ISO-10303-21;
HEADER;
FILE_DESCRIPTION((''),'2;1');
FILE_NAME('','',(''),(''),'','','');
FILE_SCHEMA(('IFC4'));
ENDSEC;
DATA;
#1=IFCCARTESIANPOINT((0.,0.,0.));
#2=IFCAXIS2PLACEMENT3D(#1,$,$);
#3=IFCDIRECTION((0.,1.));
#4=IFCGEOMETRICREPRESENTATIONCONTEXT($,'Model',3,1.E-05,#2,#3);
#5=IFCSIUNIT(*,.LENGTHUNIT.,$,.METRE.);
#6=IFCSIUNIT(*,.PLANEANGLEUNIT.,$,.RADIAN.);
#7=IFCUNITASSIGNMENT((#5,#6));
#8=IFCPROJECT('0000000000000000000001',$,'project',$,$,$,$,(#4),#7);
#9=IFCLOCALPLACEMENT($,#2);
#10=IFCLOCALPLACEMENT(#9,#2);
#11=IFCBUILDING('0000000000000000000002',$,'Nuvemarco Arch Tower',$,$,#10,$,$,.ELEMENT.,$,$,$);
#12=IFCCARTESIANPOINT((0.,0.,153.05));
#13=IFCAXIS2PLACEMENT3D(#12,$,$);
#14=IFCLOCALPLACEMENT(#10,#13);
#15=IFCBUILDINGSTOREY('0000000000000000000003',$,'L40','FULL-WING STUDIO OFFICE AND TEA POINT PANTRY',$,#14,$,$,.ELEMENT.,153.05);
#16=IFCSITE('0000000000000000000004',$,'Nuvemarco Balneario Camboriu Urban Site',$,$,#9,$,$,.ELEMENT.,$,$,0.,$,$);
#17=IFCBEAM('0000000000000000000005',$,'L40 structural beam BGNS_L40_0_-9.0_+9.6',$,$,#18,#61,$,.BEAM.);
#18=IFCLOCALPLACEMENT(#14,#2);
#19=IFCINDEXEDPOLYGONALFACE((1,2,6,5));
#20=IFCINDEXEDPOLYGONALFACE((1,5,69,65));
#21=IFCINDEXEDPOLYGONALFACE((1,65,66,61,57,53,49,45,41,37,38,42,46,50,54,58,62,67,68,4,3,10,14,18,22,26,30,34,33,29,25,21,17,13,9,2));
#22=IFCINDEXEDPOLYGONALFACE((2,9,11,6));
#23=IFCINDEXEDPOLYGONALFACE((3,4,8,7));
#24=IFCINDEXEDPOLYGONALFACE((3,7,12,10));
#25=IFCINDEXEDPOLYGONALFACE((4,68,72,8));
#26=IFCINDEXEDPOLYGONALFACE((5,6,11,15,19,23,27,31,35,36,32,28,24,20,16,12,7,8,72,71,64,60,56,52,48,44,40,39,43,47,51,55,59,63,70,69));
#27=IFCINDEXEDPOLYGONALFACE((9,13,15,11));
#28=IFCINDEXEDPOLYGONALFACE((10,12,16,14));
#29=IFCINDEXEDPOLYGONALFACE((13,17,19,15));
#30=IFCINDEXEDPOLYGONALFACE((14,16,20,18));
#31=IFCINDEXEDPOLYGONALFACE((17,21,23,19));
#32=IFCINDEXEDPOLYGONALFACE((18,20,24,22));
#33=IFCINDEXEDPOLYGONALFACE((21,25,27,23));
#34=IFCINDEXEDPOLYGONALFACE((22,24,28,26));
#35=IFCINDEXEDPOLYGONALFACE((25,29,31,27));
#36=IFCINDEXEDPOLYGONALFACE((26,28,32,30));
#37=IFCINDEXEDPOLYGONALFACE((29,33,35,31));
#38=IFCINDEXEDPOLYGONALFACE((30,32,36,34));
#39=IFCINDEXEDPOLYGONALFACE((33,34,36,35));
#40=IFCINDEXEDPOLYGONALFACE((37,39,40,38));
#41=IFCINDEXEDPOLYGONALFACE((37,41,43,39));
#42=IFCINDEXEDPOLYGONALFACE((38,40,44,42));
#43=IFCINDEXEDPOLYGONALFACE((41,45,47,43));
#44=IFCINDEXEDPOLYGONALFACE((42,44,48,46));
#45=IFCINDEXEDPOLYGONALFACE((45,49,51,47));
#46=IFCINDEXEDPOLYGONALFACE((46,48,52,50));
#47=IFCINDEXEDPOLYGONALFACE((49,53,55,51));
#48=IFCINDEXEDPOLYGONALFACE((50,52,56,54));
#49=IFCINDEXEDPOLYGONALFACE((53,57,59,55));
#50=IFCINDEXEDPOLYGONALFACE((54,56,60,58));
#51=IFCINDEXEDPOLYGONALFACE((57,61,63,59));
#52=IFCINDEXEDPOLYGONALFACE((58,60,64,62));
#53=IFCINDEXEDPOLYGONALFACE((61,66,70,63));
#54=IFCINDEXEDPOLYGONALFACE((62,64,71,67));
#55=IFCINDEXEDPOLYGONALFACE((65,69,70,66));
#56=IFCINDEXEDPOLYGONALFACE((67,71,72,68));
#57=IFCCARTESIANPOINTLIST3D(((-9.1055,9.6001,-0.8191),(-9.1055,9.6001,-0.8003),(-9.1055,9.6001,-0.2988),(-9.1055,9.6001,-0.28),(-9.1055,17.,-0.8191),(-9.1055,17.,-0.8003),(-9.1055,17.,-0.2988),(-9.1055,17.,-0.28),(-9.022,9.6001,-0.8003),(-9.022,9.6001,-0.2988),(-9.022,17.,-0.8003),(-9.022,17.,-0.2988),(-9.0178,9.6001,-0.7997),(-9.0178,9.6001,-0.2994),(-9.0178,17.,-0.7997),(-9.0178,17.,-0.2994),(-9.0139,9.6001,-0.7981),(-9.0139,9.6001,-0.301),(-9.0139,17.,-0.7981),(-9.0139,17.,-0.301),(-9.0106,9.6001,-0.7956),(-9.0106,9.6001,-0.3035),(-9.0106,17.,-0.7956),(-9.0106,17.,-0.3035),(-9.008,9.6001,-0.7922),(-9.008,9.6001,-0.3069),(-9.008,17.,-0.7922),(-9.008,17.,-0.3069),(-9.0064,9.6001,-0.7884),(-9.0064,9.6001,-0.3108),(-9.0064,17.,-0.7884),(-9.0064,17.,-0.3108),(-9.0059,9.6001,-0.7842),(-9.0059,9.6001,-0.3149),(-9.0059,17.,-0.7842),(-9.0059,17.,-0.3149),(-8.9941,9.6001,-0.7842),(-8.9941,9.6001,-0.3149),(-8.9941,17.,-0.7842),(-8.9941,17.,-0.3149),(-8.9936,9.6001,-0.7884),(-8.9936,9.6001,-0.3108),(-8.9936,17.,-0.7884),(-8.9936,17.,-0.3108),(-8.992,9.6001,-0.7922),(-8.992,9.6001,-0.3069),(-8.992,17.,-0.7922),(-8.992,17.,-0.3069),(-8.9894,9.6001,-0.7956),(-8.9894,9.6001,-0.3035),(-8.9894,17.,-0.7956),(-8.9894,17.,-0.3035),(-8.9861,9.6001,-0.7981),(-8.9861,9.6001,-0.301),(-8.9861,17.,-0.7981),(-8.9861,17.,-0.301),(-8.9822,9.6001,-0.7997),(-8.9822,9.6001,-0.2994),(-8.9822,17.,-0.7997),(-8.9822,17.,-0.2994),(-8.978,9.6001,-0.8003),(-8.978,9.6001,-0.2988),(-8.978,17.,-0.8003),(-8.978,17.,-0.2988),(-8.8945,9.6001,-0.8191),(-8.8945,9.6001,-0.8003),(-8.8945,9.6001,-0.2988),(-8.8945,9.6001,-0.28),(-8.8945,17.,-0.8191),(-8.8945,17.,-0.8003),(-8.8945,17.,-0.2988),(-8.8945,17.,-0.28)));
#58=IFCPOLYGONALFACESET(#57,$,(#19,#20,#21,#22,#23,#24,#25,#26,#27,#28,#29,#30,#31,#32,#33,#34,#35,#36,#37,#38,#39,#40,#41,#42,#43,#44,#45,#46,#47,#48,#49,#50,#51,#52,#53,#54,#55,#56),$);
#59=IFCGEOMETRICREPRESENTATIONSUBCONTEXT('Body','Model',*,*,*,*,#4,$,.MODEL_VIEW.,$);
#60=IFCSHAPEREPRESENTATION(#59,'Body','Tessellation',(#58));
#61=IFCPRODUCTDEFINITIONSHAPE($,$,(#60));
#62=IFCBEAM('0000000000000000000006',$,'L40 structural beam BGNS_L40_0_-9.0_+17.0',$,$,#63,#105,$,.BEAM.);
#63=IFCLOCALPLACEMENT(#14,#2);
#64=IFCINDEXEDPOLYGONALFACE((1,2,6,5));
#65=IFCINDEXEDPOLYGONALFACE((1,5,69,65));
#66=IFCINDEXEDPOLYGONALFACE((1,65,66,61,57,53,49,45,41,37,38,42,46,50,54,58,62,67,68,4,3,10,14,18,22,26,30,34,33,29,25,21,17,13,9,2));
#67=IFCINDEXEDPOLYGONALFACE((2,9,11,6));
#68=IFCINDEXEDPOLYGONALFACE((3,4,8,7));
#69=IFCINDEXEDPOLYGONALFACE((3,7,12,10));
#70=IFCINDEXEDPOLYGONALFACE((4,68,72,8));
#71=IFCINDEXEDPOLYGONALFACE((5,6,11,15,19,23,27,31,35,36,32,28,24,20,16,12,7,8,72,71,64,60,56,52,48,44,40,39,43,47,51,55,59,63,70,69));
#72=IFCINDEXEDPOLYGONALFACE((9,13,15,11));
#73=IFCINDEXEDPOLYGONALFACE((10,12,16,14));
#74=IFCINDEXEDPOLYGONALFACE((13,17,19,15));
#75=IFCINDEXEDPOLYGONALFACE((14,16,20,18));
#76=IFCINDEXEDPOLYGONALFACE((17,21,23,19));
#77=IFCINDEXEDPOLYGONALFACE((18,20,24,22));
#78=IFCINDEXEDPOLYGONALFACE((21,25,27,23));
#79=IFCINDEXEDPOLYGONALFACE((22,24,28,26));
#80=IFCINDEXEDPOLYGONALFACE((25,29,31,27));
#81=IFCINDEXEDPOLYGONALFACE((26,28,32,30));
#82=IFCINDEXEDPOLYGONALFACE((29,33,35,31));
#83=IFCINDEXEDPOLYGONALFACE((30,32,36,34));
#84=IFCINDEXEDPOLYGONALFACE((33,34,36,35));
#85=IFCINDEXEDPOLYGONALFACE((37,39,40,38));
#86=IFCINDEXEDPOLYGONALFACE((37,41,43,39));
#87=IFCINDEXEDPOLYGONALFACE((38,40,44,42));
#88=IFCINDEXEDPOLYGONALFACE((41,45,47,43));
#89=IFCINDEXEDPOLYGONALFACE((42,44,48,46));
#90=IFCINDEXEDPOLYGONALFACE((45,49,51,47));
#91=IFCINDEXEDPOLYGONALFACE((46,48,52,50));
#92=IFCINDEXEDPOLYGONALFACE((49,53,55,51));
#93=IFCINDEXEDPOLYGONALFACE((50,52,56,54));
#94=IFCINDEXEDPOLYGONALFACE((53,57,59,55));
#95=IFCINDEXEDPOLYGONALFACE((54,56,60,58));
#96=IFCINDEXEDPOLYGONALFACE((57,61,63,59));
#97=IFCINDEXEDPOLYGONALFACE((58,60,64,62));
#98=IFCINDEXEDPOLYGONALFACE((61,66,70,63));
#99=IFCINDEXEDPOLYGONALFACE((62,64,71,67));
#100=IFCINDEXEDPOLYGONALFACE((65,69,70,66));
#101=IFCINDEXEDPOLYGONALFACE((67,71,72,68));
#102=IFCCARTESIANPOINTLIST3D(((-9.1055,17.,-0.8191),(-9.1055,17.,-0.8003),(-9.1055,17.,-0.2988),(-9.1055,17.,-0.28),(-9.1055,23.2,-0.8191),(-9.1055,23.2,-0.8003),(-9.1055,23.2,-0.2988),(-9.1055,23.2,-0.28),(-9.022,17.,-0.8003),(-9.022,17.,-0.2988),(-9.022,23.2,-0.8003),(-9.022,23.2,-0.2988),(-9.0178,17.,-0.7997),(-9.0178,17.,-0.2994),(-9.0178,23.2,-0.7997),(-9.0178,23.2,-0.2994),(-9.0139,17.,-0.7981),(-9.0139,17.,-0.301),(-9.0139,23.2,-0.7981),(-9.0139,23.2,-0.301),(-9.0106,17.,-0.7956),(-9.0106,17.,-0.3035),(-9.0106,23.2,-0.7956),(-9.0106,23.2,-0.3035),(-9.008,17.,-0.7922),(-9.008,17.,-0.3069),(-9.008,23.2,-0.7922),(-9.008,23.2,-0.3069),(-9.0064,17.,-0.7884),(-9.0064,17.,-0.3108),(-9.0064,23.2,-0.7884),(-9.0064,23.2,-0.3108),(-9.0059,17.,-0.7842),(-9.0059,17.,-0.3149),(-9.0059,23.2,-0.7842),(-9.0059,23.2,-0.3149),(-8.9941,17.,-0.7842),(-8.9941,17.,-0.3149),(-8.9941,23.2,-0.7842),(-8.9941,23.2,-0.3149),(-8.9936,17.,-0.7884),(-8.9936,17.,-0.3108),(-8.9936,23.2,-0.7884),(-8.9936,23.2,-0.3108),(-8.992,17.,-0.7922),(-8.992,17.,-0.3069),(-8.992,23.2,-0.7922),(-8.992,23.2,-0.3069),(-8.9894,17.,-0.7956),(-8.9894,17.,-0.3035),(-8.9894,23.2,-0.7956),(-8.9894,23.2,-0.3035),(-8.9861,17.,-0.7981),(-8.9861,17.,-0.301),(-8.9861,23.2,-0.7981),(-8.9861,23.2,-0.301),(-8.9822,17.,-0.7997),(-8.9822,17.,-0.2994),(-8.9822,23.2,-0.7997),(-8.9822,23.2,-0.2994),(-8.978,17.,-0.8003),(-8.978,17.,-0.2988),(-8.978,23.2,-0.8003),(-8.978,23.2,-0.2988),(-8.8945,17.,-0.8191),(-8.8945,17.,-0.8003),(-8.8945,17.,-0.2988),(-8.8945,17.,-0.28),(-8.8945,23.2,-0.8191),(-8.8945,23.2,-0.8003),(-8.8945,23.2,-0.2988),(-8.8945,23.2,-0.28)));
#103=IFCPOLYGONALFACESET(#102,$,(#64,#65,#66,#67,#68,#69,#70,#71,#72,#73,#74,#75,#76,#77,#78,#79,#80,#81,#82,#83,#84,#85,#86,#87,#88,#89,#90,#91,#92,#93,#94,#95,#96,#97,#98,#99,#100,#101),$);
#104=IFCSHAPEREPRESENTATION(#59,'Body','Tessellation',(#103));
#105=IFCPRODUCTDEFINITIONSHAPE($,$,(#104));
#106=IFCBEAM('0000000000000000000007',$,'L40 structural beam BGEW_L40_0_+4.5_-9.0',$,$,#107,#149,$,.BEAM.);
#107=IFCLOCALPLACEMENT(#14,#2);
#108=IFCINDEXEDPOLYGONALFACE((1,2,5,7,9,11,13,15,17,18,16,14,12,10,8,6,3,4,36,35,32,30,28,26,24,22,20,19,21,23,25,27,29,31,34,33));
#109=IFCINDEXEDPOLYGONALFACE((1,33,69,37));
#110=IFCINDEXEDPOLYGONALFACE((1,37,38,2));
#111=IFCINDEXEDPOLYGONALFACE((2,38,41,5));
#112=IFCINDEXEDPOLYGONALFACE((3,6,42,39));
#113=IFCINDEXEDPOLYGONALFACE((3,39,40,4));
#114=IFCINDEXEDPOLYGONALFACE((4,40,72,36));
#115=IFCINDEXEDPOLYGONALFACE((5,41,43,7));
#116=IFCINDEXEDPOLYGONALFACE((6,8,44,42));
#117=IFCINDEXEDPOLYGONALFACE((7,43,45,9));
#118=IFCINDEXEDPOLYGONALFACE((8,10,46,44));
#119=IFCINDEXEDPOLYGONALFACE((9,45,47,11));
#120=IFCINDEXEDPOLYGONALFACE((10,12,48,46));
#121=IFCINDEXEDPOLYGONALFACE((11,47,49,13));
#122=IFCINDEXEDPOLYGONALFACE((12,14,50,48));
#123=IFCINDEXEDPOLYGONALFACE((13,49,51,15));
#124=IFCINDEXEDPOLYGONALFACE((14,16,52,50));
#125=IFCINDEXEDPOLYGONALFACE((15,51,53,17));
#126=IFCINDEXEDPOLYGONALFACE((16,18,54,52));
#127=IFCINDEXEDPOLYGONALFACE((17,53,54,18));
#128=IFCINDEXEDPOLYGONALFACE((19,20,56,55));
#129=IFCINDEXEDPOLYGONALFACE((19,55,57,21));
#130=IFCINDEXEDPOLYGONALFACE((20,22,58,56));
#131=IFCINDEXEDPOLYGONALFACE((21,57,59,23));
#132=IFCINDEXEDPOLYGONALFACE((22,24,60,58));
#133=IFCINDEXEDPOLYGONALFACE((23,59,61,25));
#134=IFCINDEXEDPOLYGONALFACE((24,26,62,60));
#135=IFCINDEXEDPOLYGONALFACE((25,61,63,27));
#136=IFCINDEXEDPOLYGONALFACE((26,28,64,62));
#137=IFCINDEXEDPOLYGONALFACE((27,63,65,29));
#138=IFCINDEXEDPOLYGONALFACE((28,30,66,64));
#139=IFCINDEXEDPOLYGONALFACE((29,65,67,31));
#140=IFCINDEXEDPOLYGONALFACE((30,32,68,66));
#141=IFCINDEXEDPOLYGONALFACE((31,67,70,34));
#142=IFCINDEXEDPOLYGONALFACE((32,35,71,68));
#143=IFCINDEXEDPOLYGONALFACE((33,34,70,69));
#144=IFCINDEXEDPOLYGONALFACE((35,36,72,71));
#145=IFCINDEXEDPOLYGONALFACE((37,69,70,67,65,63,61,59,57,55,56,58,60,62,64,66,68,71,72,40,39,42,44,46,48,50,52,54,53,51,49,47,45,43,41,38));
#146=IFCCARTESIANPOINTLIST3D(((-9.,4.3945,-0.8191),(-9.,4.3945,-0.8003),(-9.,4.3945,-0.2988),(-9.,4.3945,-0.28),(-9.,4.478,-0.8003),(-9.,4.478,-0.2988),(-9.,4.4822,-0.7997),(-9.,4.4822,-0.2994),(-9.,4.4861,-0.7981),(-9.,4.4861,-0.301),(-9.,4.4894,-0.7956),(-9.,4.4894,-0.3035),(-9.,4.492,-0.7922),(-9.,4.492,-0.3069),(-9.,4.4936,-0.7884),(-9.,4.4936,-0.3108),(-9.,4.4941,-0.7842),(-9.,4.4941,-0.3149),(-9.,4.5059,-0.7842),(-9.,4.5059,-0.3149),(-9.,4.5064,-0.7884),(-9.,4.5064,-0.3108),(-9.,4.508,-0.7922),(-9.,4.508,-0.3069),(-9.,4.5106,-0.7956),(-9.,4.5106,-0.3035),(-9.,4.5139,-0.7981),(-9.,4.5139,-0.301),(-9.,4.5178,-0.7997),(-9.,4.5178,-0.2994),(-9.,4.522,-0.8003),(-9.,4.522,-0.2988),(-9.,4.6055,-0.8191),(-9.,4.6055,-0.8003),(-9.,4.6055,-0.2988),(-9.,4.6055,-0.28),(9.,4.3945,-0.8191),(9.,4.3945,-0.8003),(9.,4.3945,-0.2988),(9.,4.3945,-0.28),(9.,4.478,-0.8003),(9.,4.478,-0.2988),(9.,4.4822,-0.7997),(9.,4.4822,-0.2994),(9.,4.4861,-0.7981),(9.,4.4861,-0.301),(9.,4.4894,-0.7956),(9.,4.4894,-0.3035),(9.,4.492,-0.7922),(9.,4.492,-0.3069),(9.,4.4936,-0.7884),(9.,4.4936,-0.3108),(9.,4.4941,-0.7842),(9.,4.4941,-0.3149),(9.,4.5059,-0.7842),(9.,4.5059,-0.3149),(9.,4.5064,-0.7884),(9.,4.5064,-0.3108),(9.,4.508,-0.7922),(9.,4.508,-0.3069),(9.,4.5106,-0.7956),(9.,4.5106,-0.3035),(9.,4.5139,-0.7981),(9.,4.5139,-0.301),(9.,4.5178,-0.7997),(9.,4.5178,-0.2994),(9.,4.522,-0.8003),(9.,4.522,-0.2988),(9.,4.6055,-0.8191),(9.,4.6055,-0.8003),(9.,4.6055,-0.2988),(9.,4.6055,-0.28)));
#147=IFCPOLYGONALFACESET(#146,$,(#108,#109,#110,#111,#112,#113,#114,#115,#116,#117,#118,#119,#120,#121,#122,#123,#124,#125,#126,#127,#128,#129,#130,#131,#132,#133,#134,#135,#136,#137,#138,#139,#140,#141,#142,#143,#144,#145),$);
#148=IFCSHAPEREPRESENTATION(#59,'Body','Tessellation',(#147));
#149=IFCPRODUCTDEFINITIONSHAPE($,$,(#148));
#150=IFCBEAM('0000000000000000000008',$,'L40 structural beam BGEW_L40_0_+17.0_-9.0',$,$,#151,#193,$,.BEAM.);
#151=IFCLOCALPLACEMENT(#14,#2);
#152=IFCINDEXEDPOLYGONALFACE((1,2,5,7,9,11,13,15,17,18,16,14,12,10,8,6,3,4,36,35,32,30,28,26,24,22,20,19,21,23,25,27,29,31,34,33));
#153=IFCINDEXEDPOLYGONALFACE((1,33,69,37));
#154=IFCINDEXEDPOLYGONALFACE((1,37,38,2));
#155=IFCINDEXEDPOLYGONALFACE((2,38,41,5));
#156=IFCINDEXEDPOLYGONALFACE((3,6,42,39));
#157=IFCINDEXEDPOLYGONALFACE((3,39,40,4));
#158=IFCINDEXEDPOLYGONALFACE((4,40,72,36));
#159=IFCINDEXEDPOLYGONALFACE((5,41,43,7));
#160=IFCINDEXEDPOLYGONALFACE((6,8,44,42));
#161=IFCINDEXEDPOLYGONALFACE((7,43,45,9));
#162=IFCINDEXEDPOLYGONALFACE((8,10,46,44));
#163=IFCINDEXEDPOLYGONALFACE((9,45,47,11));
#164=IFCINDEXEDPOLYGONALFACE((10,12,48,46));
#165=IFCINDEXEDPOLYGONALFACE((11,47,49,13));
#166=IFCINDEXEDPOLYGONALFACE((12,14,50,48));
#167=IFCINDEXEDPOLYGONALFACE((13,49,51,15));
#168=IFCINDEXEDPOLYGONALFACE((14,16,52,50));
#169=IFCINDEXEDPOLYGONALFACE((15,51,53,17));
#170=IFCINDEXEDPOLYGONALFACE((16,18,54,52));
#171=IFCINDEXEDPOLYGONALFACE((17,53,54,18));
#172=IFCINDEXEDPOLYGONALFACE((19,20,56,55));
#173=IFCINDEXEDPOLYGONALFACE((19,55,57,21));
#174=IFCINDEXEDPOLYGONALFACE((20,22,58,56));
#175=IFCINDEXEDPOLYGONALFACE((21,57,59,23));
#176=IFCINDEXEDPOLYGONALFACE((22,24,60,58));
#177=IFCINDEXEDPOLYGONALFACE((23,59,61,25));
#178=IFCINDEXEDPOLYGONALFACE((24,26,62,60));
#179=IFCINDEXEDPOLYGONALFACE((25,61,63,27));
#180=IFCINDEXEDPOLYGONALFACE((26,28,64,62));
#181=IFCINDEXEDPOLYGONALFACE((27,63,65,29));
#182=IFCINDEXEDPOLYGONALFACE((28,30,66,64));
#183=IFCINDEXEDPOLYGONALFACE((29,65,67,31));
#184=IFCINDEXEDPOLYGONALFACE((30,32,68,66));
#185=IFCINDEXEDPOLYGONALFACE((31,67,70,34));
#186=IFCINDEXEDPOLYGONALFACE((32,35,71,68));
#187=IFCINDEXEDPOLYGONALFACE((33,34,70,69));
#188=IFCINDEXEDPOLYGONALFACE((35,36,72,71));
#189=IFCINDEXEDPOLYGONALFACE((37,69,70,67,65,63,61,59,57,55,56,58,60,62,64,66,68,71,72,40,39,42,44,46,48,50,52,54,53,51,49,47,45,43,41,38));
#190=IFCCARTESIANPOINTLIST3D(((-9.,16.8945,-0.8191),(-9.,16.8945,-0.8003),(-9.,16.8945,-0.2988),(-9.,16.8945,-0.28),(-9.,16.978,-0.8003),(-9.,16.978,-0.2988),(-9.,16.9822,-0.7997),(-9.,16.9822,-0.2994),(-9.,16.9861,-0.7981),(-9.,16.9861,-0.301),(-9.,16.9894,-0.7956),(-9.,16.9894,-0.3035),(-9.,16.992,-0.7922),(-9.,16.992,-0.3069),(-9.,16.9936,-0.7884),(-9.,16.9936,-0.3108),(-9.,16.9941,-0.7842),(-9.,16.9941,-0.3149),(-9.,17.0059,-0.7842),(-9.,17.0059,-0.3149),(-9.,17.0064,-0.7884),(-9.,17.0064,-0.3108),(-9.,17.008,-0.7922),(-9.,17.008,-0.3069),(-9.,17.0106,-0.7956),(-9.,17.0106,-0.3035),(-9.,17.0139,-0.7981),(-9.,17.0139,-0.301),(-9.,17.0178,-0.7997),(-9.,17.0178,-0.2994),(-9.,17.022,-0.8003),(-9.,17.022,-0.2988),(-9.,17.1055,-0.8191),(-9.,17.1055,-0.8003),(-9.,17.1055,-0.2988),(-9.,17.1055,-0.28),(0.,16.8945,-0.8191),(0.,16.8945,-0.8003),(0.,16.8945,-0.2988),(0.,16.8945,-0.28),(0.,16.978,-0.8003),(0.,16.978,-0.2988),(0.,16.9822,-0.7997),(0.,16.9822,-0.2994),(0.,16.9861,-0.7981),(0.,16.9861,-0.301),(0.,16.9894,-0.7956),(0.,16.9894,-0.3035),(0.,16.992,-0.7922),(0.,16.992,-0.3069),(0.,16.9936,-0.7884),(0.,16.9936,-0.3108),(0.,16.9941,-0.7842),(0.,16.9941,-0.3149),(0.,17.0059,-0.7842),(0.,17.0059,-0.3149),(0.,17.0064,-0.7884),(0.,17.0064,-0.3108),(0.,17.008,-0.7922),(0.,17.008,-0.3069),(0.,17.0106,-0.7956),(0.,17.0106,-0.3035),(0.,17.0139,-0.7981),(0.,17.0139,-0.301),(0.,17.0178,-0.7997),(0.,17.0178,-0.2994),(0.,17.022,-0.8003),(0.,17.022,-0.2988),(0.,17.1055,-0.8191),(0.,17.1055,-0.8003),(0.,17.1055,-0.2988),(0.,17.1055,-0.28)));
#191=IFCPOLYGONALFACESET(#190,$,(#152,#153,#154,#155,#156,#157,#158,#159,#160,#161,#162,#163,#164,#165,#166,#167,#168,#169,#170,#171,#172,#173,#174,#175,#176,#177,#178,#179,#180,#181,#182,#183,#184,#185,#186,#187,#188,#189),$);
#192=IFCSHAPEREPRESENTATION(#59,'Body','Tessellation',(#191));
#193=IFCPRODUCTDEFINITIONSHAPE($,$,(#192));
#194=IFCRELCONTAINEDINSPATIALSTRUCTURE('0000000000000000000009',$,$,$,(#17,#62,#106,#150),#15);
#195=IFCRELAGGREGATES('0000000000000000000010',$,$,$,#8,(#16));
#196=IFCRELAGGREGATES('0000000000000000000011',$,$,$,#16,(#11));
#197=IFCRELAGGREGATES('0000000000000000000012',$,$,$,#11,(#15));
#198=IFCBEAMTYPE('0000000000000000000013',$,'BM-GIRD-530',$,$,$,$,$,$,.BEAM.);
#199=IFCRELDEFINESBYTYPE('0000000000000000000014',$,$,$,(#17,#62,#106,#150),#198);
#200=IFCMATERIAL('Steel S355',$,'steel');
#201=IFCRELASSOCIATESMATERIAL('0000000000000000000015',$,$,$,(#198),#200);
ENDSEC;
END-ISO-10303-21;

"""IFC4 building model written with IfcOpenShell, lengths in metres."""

from ifc_helpers import new_model, si_unit, direction, frame, origin, origin_2d, place, context, subcontext, project, spatial, i_section, extrude, material, material_profile, profile_set, type_object, element, save


model = new_model("IFC4")

# Units and contexts
model_context = context("Model", 3, precision=1e-05, world=origin(), true_north=direction((0.0, 1.0)))
body_context = subcontext(model_context, "Body", "Model", "MODEL_VIEW")
ifc_project = project(units=[si_unit("LENGTHUNIT", "METRE"), si_unit("PLANEANGLEUNIT", "RADIAN")], contexts=[model_context])

# Site, building, storey
site_placement = place(None, origin())
site = spatial("IfcSite", under=ifc_project, at=site_placement, Name="Nuvemarco Balneario Camboriu Urban Site", CompositionType="ELEMENT", RefElevation=0.0)
building_placement = place(site_placement, origin())
building = spatial("IfcBuilding", under=site, at=building_placement, Name="Nuvemarco Arch Tower", CompositionType="ELEMENT")
storey_placement = place(building_placement, frame((0.0, 0.0, 153.05)))
storey = spatial("IfcBuildingStorey", under=building, at=storey_placement, Name="L40", Description="FULL-WING STUDIO OFFICE AND TEA POINT PANTRY", CompositionType="ELEMENT", Elevation=153.05)

# Shared definitions
ifc_material_1 = material(Name="Steel S355", Category="steel")

# Beams
ifc_material_profile_1 = material_profile(ifc_material_1, i_section(OverallWidth=0.2109, OverallDepth=0.5391, WebThickness=0.0117, FlangeThickness=0.0188, FilletRadius=0.0161, at=origin_2d()), Name="W530x109")
ifc_profile_set_1 = profile_set([ifc_material_profile_1], Name="Steel S355")
beam_type_1 = type_object("IfcBeamType", Name="BM-GIRD-530", PredefinedType="BEAM", material=ifc_profile_set_1)
beam_1_placement = place(storey_placement, frame((-9.0, 9.6001, -0.5496), z_axis=(0.0, 1.0, 0.0), x_axis=(-1.0, 0.0, 0.0)))
element("IfcBeam", 1, at=beam_1_placement, inside=storey, type_object=beam_type_1, Name="L40 structural beam BGNS_L40_0_-9.0_+9.6", PredefinedType="BEAM", context=body_context, shape_type="SweptSolid", body=[
    extrude(i_section(OverallWidth=0.2109, OverallDepth=0.5391, WebThickness=0.0117, FlangeThickness=0.0188, FilletRadius=0.0161, at=origin_2d()), origin(), (0.0, 0.0, 1.0), 7.3999),
])
beam_2_placement = place(storey_placement, frame((-9.0, 17.0, -0.5496), z_axis=(0.0, 1.0, 0.0), x_axis=(-1.0, 0.0, 0.0)))
element("IfcBeam", 2, at=beam_2_placement, inside=storey, type_object=beam_type_1, Name="L40 structural beam BGNS_L40_0_-9.0_+17.0", PredefinedType="BEAM", context=body_context, shape_type="SweptSolid", body=[
    extrude(i_section(OverallWidth=0.2109, OverallDepth=0.5391, WebThickness=0.0117, FlangeThickness=0.0188, FilletRadius=0.0161, at=origin_2d()), origin(), (0.0, 0.0, 1.0), 6.2),
])
beam_3_placement = place(storey_placement, frame((-9.0, 4.5, -0.5496), z_axis=(1.0, 0.0, 0.0), x_axis=(0.0, 1.0, 0.0)))
element("IfcBeam", 3, at=beam_3_placement, inside=storey, type_object=beam_type_1, Name="L40 structural beam BGEW_L40_0_+4.5_-9.0", PredefinedType="BEAM", context=body_context, shape_type="SweptSolid", body=[
    extrude(i_section(OverallWidth=0.2109, OverallDepth=0.5391, WebThickness=0.0117, FlangeThickness=0.0188, FilletRadius=0.0161, at=origin_2d()), origin(), (0.0, 0.0, 1.0), 18.0),
])
beam_4_placement = place(storey_placement, frame((-9.0, 17.0, -0.5496), z_axis=(1.0, 0.0, 0.0), x_axis=(0.0, 1.0, 0.0)))
element("IfcBeam", 4, at=beam_4_placement, inside=storey, type_object=beam_type_1, Name="L40 structural beam BGEW_L40_0_+17.0_-9.0", PredefinedType="BEAM", context=body_context, shape_type="SweptSolid", body=[
    extrude(i_section(OverallWidth=0.2109, OverallDepth=0.5391, WebThickness=0.0117, FlangeThickness=0.0188, FilletRadius=0.0161, at=origin_2d()), origin(), (0.0, 0.0, 1.0), 9.0),
])

save(model, "model.ifc")
